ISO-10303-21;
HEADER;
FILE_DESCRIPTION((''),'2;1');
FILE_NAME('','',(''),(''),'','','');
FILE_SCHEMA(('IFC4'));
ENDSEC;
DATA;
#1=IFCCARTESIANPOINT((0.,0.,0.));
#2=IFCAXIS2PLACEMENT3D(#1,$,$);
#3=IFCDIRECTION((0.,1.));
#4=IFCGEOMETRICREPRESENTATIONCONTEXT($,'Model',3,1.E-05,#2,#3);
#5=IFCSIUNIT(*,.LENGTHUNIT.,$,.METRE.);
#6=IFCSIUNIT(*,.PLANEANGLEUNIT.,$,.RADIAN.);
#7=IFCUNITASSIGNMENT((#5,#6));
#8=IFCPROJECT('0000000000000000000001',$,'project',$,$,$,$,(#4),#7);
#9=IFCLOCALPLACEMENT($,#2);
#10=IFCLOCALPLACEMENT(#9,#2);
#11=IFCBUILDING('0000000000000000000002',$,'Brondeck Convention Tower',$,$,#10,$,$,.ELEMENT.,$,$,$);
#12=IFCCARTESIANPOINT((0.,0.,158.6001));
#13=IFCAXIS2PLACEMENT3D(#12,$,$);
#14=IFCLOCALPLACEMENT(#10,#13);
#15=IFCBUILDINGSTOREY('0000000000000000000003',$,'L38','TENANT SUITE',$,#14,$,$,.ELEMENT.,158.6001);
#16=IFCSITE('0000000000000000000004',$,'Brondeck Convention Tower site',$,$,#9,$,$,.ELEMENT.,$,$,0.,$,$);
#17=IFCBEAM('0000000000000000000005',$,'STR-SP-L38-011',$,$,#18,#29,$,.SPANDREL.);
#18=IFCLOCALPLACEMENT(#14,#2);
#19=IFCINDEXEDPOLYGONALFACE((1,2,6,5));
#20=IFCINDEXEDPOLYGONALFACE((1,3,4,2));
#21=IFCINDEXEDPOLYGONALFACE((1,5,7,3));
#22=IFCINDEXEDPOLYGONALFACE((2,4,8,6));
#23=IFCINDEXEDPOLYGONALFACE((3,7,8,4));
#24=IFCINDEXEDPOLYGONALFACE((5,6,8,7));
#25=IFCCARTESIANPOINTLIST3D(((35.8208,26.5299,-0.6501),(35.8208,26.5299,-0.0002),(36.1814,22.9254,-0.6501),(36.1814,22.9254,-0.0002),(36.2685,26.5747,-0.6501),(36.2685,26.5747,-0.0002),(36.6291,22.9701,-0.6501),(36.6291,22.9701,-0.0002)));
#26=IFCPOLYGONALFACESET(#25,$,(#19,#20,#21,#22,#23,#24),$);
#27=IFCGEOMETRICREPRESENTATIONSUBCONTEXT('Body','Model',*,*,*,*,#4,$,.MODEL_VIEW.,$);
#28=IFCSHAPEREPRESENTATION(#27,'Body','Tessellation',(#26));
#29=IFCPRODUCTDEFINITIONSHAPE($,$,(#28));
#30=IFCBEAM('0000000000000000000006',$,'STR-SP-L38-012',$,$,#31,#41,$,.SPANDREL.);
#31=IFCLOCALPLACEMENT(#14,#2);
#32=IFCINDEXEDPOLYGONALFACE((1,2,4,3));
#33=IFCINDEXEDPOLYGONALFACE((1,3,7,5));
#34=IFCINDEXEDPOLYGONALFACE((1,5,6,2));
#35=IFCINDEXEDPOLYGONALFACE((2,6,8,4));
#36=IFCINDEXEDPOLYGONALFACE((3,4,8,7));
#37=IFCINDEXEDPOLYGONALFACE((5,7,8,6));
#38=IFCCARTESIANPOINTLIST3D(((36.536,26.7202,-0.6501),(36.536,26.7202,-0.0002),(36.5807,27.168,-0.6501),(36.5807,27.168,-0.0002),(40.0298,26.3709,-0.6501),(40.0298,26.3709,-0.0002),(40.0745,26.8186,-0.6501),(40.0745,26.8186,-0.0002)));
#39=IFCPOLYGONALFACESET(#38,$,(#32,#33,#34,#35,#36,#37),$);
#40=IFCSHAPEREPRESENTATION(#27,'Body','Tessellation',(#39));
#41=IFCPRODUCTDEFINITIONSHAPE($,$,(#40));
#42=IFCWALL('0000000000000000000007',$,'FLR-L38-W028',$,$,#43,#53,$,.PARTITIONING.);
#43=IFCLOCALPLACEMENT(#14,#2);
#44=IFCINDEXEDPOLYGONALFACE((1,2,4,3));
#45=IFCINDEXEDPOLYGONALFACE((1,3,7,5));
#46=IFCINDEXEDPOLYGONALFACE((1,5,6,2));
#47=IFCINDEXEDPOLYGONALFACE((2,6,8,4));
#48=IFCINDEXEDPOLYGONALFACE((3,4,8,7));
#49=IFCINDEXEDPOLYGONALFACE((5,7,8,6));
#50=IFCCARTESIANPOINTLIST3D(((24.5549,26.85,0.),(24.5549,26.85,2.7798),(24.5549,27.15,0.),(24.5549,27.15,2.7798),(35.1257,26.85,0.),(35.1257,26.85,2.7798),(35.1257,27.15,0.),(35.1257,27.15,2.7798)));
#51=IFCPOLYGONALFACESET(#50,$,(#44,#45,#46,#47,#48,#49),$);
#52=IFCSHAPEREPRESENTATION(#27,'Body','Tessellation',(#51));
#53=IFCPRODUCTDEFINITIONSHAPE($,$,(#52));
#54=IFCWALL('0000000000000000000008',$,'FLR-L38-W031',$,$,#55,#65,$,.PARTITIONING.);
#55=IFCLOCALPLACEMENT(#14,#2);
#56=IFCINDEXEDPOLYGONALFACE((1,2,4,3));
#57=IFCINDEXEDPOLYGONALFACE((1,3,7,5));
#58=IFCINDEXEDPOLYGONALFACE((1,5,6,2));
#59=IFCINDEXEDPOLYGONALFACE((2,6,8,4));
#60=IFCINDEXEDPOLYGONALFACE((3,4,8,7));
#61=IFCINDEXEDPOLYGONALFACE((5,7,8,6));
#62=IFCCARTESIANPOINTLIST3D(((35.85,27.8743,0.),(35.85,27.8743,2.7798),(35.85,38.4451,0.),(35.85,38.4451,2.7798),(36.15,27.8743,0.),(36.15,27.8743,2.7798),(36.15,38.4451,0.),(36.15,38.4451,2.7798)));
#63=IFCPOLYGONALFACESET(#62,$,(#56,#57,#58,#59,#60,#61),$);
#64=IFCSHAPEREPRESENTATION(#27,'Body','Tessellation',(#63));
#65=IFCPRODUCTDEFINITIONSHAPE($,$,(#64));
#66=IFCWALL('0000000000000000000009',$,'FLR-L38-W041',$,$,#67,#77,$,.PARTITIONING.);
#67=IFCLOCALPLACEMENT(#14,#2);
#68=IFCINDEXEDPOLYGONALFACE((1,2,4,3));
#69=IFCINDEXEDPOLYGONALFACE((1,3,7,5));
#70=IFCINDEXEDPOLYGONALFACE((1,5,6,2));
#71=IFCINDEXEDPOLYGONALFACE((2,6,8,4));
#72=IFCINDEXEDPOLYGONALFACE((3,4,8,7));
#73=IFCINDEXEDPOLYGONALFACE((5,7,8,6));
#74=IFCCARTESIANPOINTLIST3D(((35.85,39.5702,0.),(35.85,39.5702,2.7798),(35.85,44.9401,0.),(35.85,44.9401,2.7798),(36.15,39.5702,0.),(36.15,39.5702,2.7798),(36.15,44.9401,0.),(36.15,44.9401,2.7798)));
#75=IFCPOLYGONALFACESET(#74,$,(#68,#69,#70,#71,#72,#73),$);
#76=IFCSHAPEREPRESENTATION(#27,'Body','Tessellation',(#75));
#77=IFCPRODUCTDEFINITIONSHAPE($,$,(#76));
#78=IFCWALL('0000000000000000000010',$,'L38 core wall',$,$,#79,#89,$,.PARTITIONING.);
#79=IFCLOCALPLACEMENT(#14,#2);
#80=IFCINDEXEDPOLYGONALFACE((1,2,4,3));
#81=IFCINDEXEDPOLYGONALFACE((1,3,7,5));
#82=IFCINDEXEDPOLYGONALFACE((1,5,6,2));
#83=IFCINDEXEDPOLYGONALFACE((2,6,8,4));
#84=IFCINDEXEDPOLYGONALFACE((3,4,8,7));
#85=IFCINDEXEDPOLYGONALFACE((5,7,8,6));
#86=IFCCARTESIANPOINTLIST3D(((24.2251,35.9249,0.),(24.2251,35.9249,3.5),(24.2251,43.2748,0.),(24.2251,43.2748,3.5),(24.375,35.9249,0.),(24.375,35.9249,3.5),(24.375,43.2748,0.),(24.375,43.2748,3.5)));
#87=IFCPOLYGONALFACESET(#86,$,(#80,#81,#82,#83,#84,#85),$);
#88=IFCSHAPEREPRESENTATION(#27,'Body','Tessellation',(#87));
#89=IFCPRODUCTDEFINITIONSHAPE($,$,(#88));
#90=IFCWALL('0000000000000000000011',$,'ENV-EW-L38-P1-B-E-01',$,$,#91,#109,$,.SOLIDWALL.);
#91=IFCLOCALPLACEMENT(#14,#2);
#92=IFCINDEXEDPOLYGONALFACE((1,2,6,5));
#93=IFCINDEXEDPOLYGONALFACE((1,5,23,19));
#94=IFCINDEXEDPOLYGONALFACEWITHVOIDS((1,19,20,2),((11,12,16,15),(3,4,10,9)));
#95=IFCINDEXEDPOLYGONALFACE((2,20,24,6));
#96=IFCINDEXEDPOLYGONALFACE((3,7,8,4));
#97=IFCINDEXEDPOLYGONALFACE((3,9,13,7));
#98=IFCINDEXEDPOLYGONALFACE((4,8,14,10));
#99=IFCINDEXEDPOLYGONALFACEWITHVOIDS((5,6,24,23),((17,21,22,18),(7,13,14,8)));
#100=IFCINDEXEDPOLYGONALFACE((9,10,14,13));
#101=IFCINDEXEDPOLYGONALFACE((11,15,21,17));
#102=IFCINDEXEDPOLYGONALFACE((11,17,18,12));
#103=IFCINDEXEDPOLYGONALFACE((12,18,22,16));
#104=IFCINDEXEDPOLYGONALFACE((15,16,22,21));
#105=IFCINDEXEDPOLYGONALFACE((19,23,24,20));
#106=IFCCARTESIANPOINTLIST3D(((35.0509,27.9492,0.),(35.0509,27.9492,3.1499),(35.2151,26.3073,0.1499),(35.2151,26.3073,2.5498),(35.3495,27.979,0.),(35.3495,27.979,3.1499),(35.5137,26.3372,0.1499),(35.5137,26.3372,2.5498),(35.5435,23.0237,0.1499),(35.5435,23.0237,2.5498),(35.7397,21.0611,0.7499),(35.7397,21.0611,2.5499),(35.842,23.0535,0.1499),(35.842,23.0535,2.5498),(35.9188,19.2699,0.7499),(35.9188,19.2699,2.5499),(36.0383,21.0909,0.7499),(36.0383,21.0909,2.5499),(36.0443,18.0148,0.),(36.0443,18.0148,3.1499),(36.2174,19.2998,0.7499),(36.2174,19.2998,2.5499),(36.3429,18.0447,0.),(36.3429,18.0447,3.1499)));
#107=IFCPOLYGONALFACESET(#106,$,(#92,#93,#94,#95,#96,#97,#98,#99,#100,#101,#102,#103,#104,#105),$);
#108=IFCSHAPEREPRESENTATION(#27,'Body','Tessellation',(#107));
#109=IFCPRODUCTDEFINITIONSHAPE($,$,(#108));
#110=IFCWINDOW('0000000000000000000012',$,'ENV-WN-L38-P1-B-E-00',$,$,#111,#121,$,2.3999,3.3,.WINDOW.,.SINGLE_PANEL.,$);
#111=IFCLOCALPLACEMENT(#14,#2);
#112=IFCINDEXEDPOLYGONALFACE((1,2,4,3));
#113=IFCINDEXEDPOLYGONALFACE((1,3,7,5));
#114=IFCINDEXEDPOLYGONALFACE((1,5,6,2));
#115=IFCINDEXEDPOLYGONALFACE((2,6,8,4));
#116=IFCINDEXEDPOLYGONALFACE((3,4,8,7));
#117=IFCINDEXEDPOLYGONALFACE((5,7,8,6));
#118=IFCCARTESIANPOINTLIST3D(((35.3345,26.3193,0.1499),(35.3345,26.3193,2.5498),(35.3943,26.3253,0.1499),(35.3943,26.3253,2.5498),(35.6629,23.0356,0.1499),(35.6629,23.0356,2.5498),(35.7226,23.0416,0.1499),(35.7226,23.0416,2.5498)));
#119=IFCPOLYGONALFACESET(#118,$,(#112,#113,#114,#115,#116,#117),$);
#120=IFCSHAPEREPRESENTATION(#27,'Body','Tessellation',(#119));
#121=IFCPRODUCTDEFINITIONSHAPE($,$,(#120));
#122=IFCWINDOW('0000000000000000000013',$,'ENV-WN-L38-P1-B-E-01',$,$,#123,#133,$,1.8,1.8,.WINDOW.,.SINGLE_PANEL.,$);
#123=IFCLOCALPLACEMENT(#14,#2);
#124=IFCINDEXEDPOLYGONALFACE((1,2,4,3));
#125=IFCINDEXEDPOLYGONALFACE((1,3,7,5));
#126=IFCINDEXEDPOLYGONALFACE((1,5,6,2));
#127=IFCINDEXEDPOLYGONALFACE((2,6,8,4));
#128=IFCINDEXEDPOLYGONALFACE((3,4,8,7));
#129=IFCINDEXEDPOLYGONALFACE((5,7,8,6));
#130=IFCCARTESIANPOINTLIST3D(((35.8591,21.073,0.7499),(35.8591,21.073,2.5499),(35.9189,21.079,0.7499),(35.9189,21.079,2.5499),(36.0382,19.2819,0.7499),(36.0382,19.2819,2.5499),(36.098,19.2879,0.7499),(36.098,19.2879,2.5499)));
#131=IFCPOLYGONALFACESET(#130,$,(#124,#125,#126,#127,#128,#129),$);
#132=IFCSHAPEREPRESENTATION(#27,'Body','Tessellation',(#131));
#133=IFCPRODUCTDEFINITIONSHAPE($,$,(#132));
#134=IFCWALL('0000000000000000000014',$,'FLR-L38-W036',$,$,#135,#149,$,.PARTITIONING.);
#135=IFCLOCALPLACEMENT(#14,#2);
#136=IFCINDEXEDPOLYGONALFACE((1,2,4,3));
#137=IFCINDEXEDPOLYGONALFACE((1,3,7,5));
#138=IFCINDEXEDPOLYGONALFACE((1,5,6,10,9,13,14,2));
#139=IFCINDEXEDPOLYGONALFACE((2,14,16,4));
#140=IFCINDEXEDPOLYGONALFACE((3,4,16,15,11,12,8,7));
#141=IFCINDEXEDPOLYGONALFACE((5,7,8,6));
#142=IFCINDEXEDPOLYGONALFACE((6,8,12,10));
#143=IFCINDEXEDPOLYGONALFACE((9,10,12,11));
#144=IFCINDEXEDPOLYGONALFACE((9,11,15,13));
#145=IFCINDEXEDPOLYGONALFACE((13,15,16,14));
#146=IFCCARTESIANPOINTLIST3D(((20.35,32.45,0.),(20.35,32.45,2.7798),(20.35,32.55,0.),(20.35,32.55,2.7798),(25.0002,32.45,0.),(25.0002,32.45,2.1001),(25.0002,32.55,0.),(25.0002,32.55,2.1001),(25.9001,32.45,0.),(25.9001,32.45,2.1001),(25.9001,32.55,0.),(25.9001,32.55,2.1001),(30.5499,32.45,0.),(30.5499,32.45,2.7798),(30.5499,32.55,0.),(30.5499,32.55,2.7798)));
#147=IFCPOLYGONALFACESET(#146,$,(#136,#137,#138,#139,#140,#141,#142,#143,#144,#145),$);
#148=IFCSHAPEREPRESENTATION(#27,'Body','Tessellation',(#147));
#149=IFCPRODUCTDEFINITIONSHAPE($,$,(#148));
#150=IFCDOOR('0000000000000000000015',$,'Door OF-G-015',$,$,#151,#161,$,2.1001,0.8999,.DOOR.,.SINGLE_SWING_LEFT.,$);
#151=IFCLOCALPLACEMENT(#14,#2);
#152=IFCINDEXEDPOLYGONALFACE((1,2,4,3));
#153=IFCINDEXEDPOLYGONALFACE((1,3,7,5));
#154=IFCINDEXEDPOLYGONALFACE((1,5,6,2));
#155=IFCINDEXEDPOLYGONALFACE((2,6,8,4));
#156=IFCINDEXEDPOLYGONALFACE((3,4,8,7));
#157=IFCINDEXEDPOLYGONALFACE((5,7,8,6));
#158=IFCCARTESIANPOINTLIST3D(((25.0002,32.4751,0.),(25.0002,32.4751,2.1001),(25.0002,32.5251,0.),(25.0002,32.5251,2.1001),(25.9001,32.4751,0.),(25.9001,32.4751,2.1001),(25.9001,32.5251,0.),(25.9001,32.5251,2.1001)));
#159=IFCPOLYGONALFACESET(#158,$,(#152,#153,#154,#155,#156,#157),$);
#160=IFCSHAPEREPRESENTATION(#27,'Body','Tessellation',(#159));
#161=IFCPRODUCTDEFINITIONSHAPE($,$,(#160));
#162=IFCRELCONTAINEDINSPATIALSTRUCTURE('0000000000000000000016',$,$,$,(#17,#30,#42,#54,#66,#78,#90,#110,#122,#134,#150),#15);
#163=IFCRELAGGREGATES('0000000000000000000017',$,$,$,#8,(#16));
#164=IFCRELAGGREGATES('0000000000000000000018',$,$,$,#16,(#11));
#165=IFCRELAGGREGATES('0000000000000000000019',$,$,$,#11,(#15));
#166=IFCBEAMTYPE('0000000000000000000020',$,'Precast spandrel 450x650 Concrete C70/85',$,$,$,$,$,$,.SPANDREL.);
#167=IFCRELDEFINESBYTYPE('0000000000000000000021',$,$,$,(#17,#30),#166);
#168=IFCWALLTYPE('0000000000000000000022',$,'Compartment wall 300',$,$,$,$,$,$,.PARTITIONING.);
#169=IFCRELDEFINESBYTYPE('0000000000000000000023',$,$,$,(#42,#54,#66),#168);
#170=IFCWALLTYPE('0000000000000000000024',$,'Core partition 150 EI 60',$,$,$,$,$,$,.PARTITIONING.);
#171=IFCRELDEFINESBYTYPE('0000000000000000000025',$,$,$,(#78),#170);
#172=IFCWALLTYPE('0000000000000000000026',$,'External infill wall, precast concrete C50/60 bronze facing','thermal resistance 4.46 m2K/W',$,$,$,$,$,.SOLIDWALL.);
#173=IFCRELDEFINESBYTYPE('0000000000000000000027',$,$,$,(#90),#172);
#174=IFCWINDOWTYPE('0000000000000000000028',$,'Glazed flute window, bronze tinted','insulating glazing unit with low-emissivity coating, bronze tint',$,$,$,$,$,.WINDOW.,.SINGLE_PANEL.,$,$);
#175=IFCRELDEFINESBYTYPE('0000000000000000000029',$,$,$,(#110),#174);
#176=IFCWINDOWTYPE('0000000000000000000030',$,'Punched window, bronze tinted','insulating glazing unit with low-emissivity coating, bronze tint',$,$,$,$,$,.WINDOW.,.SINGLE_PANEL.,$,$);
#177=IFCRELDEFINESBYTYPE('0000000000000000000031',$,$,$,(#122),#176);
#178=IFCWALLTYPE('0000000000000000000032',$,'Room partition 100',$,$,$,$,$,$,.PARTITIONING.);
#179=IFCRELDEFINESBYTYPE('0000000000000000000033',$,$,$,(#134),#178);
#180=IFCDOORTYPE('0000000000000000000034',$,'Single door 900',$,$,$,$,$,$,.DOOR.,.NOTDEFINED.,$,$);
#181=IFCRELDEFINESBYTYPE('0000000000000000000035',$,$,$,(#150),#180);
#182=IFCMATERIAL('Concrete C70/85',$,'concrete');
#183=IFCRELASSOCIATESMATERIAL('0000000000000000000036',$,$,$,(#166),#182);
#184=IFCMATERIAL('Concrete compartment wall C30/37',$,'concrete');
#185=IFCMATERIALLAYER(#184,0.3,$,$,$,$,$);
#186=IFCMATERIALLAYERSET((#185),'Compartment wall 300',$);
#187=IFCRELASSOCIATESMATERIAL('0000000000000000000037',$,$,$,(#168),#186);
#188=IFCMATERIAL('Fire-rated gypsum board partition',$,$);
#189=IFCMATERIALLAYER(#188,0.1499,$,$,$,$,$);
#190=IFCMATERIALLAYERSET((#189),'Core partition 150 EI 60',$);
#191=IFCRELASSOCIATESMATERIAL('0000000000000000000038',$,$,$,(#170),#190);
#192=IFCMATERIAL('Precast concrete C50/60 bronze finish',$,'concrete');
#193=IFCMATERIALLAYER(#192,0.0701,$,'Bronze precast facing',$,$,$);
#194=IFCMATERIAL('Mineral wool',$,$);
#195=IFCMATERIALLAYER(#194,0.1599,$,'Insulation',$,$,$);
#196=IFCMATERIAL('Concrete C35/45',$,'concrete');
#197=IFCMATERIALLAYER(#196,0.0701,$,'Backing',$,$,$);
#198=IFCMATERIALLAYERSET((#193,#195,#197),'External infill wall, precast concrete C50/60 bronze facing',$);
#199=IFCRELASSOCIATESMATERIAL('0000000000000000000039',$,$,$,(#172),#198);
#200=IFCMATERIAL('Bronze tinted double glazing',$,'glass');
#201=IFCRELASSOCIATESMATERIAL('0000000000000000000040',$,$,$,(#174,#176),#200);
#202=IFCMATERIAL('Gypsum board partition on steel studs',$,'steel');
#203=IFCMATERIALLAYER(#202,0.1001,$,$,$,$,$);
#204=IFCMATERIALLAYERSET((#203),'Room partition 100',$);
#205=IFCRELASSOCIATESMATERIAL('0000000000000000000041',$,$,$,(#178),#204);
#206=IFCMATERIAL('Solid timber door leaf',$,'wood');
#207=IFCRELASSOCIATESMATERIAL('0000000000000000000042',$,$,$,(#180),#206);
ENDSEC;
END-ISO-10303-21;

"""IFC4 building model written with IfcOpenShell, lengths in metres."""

from ifc_helpers import new_model, si_unit, direction, frame, frame_2d, origin, origin_2d, place, context, subcontext, project, spatial, rectangle, extrude, material, layer, layer_set, material_profile, profile_set, type_object, element, fill, save


model = new_model("IFC4")

# Units and contexts
model_context = context("Model", 3, precision=1e-05, world=origin(), true_north=direction((0.0, 1.0)))
body_context = subcontext(model_context, "Body", "Model", "MODEL_VIEW")
ifc_project = project(units=[si_unit("LENGTHUNIT", "METRE"), si_unit("PLANEANGLEUNIT", "RADIAN")], contexts=[model_context])

# Site, building, storey
site_placement = place(None, origin())
site = spatial("IfcSite", under=ifc_project, at=site_placement, Name="Brondeck Convention Tower site", CompositionType="ELEMENT", RefElevation=0.0)
building_placement = place(site_placement, origin())
building = spatial("IfcBuilding", under=site, at=building_placement, Name="Brondeck Convention Tower", CompositionType="ELEMENT")
storey_placement = place(building_placement, frame((0.0, 0.0, 158.6001)))
storey = spatial("IfcBuildingStorey", under=building, at=storey_placement, Name="L38", Description="TENANT SUITE", CompositionType="ELEMENT", Elevation=158.6001)

# Shared definitions
ifc_material_1 = material(Name="Concrete C70/85", Category="concrete")

# Beams
ifc_material_profile_1 = material_profile(ifc_material_1, rectangle(XDim=0.45, YDim=0.6499, at=origin_2d()), Name="Precast spandrel 450x650 Concrete C70/85")
ifc_profile_set_1 = profile_set([ifc_material_profile_1], Name="Concrete C70/85")
beam_type_1 = type_object("IfcBeamType", Name="Precast spandrel 450x650 Concrete C70/85", PredefinedType="SPANDREL", material=ifc_profile_set_1)
beam_1_placement = place(storey_placement, frame((36.4053, 22.9478, -0.3252), z_axis=(-0.099544, 0.995033, 0.0), x_axis=(-0.995033, -0.099544, 0.0)))
element("IfcBeam", 1, at=beam_1_placement, inside=storey, type_object=beam_type_1, Name="STR-SP-L38-011", PredefinedType="SPANDREL", context=body_context, shape_type="SweptSolid", body=[
    extrude(rectangle(XDim=0.45, YDim=0.6499, at=origin_2d()), origin(), (0.0, 0.0, 1.0), 3.6226),
])
beam_2_placement = place(storey_placement, frame((36.5583, 26.9441, -0.3252), z_axis=(0.995038, -0.099497, 0.0), x_axis=(0.099497, 0.995038, 0.0)))
element("IfcBeam", 2, at=beam_2_placement, inside=storey, type_object=beam_type_1, Name="STR-SP-L38-012", PredefinedType="SPANDREL", context=body_context, shape_type="SweptSolid", body=[
    extrude(rectangle(XDim=0.45, YDim=0.6499, at=origin_2d()), origin(), (0.0, 0.0, 1.0), 3.5112),
])

# Walls
ifc_material_2 = material(Name="Concrete compartment wall C30/37", Category="concrete")
ifc_layer_1 = layer(ifc_material_2, 0.3)
ifc_layer_set_1 = layer_set([ifc_layer_1], Name="Compartment wall 300")
wall_type_1 = type_object("IfcWallType", Name="Compartment wall 300", PredefinedType="PARTITIONING", material=ifc_layer_set_1)
for number, where, z_axis, x_axis, name in (
    (3, (24.5549, 27.0, 0.0), (0.0, 0.0, 1.0), (1.0, 0.0, 0.0), "FLR-L38-W028"),
    (4, (36.0, 27.8743, 0.0), (0.0, 0.0, 1.0), (0.0, 1.0, 0.0), "FLR-L38-W031"),
):
    element("IfcWall", number, at=place(storey_placement, frame(where, z_axis=z_axis, x_axis=x_axis)), inside=storey, type_object=wall_type_1, Name=name, PredefinedType="PARTITIONING", context=body_context, shape_type="SweptSolid", body=[
        extrude(rectangle(XDim=10.5708, YDim=0.3, at=frame_2d((5.2854, 0.0))), origin(), (0.0, 0.0, 1.0), 2.7798),
    ])
wall_1_placement = place(storey_placement, frame((36.0, 39.5701, 0.0), z_axis=(0.0, 0.0, 1.0), x_axis=(0.0, 1.0, 0.0)))
element("IfcWall", 5, at=wall_1_placement, inside=storey, type_object=wall_type_1, Name="FLR-L38-W041", PredefinedType="PARTITIONING", context=body_context, shape_type="SweptSolid", body=[
    extrude(rectangle(XDim=5.3699, YDim=0.3, at=frame_2d((2.6851, 0.0))), origin(), (0.0, 0.0, 1.0), 2.7798),
])
ifc_material_3 = material(Name="Fire-rated gypsum board partition")
ifc_layer_2 = layer(ifc_material_3, 0.1499)
ifc_layer_set_2 = layer_set([ifc_layer_2], Name="Core partition 150 EI 60")
wall_type_2 = type_object("IfcWallType", Name="Core partition 150 EI 60", PredefinedType="PARTITIONING", material=ifc_layer_set_2)
wall_2_placement = place(storey_placement, frame((24.3, 35.925, 0.0), z_axis=(0.0, 0.0, 1.0), x_axis=(0.0, 1.0, 0.0)))
element("IfcWall", 6, at=wall_2_placement, inside=storey, type_object=wall_type_2, Name="L38 core wall", PredefinedType="PARTITIONING", context=body_context, shape_type="SweptSolid", body=[
    extrude(rectangle(XDim=7.3499, YDim=0.1499, at=frame_2d((3.6748, 0.0))), origin(), (0.0, 0.0, 1.0), 3.5),
])

# Wall, openings, windows
ifc_material_4 = material(Name="Precast concrete C50/60 bronze finish", Category="concrete")
ifc_layer_3 = layer(ifc_material_4, 0.0701, Name="Bronze precast facing")
ifc_material_5 = material(Name="Mineral wool")
ifc_layer_4 = layer(ifc_material_5, 0.1599, Name="Insulation")
ifc_material_6 = material(Name="Concrete C35/45", Category="concrete")
ifc_layer_5 = layer(ifc_material_6, 0.0701, Name="Backing")
ifc_layer_set_3 = layer_set([ifc_layer_3, ifc_layer_4, ifc_layer_5], Name="External infill wall, precast concrete C50/60 bronze facing")
wall_type_3 = type_object("IfcWallType", Name="External infill wall, precast concrete C50/60 bronze facing", Description="thermal resistance 4.46 m2K/W", PredefinedType="SOLIDWALL", material=ifc_layer_set_3)
wall_3_placement = place(storey_placement, frame((35.2002, 27.9641, 0.0), z_axis=(0.0, 0.0, 1.0), x_axis=(0.099501, -0.995037, 0.0)))
wall_3 = element("IfcWall", 7, at=wall_3_placement, inside=storey, type_object=wall_type_3, Name="ENV-EW-L38-P1-B-E-01", PredefinedType="SOLIDWALL", context=body_context, shape_type="SweptSolid", body=[
    extrude(rectangle(XDim=9.9839, YDim=0.3, at=frame_2d((4.9919, 0.0))), origin(), (0.0, 0.0, 1.0), 3.1499),
])
opening_1_placement = place(wall_3_placement, frame((1.6501, 0.0, 0.1499)))
opening_1 = element("IfcOpeningElement", 8, at=opening_1_placement, cuts=wall_3, PredefinedType="OPENING", context=body_context, shape_type="SweptSolid", body=[
    extrude(rectangle(XDim=3.3, YDim=2.3999, at=frame_2d((1.6499, 1.2))), frame((0.0, 0.1599, 0.0), z_axis=(0.0, -1.0, 0.0), x_axis=(1.0, 0.0, 0.0)), (0.0, 0.0, 1.0), 0.3201),
])
opening_2_placement = place(wall_3_placement, frame((6.9226, 0.0, 0.75)))
opening_2 = element("IfcOpeningElement", 9, at=opening_2_placement, cuts=wall_3, PredefinedType="OPENING", context=body_context, shape_type="SweptSolid", body=[
    extrude(rectangle(XDim=1.8, YDim=1.8, at=frame_2d((0.8999, 0.8999))), frame((0.0, 0.1599, 0.0), z_axis=(0.0, -1.0, 0.0), x_axis=(1.0, 0.0, 0.0)), (0.0, 0.0, 1.0), 0.3201),
])
ifc_material_7 = material(Name="Bronze tinted double glazing", Category="glass")
window_type_1 = type_object("IfcWindowType", Name="Glazed flute window, bronze tinted", Description="insulating glazing unit with low-emissivity coating, bronze tint", PartitioningType="SINGLE_PANEL", PredefinedType="WINDOW", material=ifc_material_7)
window_1_placement = place(opening_1_placement, origin())
window_1 = element("IfcWindow", 10, at=window_1_placement, inside=storey, type_object=window_type_1, Name="ENV-WN-L38-P1-B-E-00", OverallHeight=2.3999, OverallWidth=3.3, PartitioningType="SINGLE_PANEL", PredefinedType="WINDOW", context=body_context, shape_type="SweptSolid", body=[
    extrude(rectangle(XDim=3.3, YDim=2.3999, at=frame_2d((1.6499, 1.2))), frame((0.0, 0.03, 0.0), z_axis=(0.0, -1.0, 0.0), x_axis=(1.0, 0.0, 0.0)), (0.0, 0.0, 1.0), 0.0601),
])
fill(opening_1, window_1)
window_type_2 = type_object("IfcWindowType", Name="Punched window, bronze tinted", Description="insulating glazing unit with low-emissivity coating, bronze tint", PartitioningType="SINGLE_PANEL", PredefinedType="WINDOW", material=ifc_material_7)
window_2_placement = place(opening_2_placement, origin())
window_2 = element("IfcWindow", 11, at=window_2_placement, inside=storey, type_object=window_type_2, Name="ENV-WN-L38-P1-B-E-01", OverallHeight=1.8, OverallWidth=1.8, PartitioningType="SINGLE_PANEL", PredefinedType="WINDOW", context=body_context, shape_type="SweptSolid", body=[
    extrude(rectangle(XDim=1.8, YDim=1.8, at=frame_2d((0.8999, 0.8999))), frame((0.0, 0.03, 0.0), z_axis=(0.0, -1.0, 0.0), x_axis=(1.0, 0.0, 0.0)), (0.0, 0.0, 1.0), 0.0601),
])
fill(opening_2, window_2)

# Wall, opening, door
ifc_material_8 = material(Name="Gypsum board partition on steel studs", Category="steel")
ifc_layer_6 = layer(ifc_material_8, 0.1001)
ifc_layer_set_4 = layer_set([ifc_layer_6], Name="Room partition 100")
wall_type_4 = type_object("IfcWallType", Name="Room partition 100", PredefinedType="PARTITIONING", material=ifc_layer_set_4)
wall_4_placement = place(storey_placement, frame((30.55, 32.5, 0.0), z_axis=(0.0, 0.0, 1.0), x_axis=(-1.0, 0.0, 0.0)))
wall_4 = element("IfcWall", 12, at=wall_4_placement, inside=storey, type_object=wall_type_4, Name="FLR-L38-W036", PredefinedType="PARTITIONING", context=body_context, shape_type="SweptSolid", body=[
    extrude(rectangle(XDim=10.2, YDim=0.1001, at=frame_2d((5.1001, 0.0))), origin(), (0.0, 0.0, 1.0), 2.7798),
])
opening_3_placement = place(wall_4_placement, frame((4.6499, 0.0, 0.0)))
opening_3 = element("IfcOpeningElement", 13, at=opening_3_placement, cuts=wall_4, PredefinedType="OPENING", context=body_context, shape_type="SweptSolid", body=[
    extrude(rectangle(XDim=0.8999, YDim=2.1001, at=frame_2d((0.45, 1.05))), frame((0.0, 0.0601, 0.0), z_axis=(0.0, -1.0, 0.0), x_axis=(1.0, 0.0, 0.0)), (0.0, 0.0, 1.0), 0.1201),
])
ifc_material_9 = material(Name="Solid timber door leaf", Category="wood")
door_type = type_object("IfcDoorType", Name="Single door 900", OperationType="NOTDEFINED", PredefinedType="DOOR", material=ifc_material_9)
door_placement = place(opening_3_placement, origin())
door = element("IfcDoor", 14, at=door_placement, inside=storey, type_object=door_type, Name="Door OF-G-015", OperationType="SINGLE_SWING_LEFT", OverallHeight=2.1001, OverallWidth=0.8999, PredefinedType="DOOR", context=body_context, shape_type="SweptSolid", body=[
    extrude(rectangle(XDim=0.8999, YDim=2.1001, at=frame_2d((0.45, 1.05))), frame((0.0, 0.0249, 0.0), z_axis=(0.0, -1.0, 0.0), x_axis=(1.0, 0.0, 0.0)), (0.0, 0.0, 1.0), 0.05),
])
fill(opening_3, door)

save(model, "model.ifc")
